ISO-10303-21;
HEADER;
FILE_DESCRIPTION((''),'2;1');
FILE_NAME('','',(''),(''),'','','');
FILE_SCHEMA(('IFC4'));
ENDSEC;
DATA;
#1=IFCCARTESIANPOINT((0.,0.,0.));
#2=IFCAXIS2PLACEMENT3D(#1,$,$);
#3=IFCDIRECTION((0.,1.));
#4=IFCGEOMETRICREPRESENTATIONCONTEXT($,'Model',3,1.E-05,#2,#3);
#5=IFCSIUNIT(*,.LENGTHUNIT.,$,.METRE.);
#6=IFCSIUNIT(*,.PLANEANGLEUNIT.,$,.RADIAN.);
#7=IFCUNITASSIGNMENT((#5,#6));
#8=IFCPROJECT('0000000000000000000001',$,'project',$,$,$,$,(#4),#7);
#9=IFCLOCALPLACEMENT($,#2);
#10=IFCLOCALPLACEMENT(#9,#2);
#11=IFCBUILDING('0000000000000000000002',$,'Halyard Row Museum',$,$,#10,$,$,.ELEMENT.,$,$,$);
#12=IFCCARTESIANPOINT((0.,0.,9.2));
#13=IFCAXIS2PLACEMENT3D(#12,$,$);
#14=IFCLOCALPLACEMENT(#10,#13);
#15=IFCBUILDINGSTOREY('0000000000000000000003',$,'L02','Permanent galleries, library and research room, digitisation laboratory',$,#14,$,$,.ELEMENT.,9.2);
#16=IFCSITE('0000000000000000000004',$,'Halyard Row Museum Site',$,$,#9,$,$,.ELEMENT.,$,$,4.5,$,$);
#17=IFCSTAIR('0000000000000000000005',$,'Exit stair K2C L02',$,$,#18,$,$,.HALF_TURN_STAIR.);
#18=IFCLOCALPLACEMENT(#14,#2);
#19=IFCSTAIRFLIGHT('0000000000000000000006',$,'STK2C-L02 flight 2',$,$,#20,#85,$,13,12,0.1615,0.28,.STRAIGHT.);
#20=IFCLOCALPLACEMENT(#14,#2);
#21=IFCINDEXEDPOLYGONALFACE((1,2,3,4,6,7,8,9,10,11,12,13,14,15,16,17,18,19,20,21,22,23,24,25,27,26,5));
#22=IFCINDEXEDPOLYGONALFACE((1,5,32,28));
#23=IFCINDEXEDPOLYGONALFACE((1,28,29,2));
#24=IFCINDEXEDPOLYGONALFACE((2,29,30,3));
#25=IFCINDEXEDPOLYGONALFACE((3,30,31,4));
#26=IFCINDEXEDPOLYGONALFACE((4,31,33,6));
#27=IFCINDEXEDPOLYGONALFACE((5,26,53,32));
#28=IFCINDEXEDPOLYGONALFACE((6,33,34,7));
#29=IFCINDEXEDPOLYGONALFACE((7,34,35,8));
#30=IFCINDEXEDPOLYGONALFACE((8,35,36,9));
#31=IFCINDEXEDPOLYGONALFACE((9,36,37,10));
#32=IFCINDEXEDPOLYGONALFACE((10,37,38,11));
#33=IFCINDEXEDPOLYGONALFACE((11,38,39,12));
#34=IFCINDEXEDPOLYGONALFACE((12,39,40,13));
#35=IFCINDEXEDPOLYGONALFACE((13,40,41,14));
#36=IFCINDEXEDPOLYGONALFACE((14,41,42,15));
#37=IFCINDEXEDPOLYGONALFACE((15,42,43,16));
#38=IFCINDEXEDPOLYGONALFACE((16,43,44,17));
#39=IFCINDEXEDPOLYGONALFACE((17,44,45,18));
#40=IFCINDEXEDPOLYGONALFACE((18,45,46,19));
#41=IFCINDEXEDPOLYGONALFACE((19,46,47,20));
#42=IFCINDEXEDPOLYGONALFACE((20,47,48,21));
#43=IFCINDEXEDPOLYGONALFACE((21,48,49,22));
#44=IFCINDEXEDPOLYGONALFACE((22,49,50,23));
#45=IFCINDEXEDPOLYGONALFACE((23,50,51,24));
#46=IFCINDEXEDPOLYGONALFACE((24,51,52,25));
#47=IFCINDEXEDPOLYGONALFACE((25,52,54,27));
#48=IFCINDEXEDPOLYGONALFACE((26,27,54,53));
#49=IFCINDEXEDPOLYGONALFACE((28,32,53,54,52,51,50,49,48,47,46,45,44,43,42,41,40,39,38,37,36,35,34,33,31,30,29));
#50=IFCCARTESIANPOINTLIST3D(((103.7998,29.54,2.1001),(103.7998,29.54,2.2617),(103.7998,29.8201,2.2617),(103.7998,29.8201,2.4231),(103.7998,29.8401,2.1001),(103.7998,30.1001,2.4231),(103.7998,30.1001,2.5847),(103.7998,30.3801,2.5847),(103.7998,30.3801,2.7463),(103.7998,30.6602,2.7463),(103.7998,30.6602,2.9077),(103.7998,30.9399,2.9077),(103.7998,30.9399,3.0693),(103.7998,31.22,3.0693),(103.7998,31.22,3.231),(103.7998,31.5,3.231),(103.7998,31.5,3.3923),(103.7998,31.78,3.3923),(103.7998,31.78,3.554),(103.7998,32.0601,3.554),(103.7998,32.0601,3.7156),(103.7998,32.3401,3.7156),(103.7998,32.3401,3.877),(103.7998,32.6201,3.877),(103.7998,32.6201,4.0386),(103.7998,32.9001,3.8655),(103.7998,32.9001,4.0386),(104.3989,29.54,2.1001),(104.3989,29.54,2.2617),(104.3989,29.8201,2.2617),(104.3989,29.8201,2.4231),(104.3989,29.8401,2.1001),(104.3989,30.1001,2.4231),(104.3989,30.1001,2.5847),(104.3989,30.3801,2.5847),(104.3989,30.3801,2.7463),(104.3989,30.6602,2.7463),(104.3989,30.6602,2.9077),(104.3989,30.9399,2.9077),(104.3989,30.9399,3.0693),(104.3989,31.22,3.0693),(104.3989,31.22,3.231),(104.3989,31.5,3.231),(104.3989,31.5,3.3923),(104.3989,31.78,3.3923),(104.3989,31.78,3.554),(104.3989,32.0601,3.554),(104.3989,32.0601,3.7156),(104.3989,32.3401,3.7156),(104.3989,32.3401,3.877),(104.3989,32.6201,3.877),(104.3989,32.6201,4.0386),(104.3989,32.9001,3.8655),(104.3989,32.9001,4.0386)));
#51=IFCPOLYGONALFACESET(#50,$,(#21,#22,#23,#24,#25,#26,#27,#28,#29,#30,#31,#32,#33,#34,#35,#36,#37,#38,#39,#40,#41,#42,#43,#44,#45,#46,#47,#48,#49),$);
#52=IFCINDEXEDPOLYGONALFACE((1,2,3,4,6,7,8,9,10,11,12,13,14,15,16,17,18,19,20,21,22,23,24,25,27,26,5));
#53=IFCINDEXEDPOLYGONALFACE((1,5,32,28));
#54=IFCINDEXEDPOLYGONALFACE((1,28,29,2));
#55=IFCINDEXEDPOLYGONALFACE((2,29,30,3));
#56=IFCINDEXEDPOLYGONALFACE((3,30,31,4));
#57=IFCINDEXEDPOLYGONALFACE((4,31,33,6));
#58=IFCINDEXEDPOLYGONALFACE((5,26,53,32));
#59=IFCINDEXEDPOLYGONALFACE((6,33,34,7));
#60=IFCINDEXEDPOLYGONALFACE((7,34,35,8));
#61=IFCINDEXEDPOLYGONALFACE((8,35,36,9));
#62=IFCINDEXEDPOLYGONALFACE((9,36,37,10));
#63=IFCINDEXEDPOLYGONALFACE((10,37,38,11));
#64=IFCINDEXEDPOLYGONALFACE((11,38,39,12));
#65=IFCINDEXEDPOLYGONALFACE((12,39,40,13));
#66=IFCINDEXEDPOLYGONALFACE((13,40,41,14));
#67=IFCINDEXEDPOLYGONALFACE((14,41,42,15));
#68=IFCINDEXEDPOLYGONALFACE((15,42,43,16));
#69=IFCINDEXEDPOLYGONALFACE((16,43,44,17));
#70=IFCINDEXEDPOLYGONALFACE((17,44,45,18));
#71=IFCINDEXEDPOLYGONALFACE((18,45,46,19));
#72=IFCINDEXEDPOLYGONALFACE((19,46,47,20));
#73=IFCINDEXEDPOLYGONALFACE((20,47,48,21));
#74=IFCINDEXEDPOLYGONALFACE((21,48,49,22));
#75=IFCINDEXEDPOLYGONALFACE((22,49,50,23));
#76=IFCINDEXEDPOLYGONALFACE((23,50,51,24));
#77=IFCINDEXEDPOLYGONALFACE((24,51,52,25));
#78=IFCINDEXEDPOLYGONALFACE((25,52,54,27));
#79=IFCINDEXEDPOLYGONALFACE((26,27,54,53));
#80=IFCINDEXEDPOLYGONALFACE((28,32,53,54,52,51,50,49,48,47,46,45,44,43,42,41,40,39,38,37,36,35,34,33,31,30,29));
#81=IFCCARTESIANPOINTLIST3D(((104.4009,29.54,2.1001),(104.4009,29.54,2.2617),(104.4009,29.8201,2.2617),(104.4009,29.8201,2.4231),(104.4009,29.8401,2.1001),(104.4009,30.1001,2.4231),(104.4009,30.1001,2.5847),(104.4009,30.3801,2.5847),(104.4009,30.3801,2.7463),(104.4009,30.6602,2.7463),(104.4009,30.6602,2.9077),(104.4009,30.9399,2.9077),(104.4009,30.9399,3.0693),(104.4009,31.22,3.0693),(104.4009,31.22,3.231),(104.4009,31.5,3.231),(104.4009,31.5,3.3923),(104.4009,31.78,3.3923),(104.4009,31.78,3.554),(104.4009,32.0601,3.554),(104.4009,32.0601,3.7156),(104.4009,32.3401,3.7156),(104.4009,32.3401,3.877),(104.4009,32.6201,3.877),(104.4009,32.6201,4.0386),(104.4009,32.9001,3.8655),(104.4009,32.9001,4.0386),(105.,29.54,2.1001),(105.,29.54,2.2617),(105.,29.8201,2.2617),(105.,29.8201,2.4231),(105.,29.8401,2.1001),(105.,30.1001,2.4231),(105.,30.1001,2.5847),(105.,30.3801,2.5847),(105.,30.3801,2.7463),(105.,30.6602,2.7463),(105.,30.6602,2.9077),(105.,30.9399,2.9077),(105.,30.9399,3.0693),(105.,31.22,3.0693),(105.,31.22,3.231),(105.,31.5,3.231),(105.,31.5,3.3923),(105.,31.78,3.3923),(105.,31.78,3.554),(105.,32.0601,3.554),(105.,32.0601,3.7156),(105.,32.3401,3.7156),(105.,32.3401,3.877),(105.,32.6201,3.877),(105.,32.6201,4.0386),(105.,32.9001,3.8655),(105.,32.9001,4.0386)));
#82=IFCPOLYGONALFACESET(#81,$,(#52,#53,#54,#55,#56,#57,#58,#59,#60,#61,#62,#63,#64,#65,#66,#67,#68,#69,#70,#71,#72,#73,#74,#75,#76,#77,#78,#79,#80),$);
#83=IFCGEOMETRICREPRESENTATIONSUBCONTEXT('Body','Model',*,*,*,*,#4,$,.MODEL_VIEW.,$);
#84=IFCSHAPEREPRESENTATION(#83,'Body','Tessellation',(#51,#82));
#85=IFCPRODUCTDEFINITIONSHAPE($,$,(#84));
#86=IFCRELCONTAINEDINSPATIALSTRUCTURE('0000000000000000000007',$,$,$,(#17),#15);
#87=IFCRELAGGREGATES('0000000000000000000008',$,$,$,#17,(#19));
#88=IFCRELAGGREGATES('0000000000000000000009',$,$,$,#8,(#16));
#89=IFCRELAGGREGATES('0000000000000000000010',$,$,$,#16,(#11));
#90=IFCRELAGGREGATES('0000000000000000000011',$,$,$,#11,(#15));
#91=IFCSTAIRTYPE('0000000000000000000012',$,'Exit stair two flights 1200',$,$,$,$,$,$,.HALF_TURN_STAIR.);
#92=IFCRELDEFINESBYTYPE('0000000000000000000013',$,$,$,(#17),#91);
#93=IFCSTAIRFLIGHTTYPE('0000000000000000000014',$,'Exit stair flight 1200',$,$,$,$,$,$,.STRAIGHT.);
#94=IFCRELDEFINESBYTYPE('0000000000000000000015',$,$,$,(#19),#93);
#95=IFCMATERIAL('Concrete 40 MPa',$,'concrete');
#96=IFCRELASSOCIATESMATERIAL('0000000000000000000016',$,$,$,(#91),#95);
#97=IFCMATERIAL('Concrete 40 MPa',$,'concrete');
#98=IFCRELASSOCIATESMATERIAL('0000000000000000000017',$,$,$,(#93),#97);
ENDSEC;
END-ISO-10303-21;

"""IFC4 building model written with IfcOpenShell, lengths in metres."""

from ifc_helpers import new_model, si_unit, direction, frame, origin, place, context, subcontext, project, spatial, polyline, outline, extrude, material, type_object, element, aggregate, save


model = new_model("IFC4")

# Units and contexts
model_context = context("Model", 3, precision=1e-05, world=origin(), true_north=direction((0.0, 1.0)))
body_context = subcontext(model_context, "Body", "Model", "MODEL_VIEW")
ifc_project = project(units=[si_unit("LENGTHUNIT", "METRE"), si_unit("PLANEANGLEUNIT", "RADIAN")], contexts=[model_context])

# Site, building, storey
site_placement = place(None, origin())
site = spatial("IfcSite", under=ifc_project, at=site_placement, Name="Halyard Row Museum Site", CompositionType="ELEMENT", RefElevation=4.5)
building_placement = place(site_placement, origin())
building = spatial("IfcBuilding", under=site, at=building_placement, Name="Halyard Row Museum", CompositionType="ELEMENT")
storey_placement = place(building_placement, frame((0.0, 0.0, 9.2)))
storey = spatial("IfcBuildingStorey", under=building, at=storey_placement, Name="L02", Description="Permanent galleries, library and research room, digitisation laboratory", CompositionType="ELEMENT", Elevation=9.2)

# Stair, stair flight
ifc_material_1 = material(Name="Concrete 40 MPa", Category="concrete")
stair_type = type_object("IfcStairType", Name="Exit stair two flights 1200", PredefinedType="HALF_TURN_STAIR", material=ifc_material_1)
stair_placement = place(storey_placement, origin())
stair = element("IfcStair", 1, at=stair_placement, inside=storey, type_object=stair_type, Name="Exit stair K2C L02", PredefinedType="HALF_TURN_STAIR")
ifc_material_2 = material(Name="Concrete 40 MPa", Category="concrete")
stair_flight_type = type_object("IfcStairFlightType", Name="Exit stair flight 1200", PredefinedType="STRAIGHT", material=ifc_material_2)
stair_flight_1_placement = place(storey_placement, frame((104.3999, 29.54, 2.1001), z_axis=(0.0, 0.0, 1.0), x_axis=(0.0, 1.0, 0.0)))
stair_flight_1 = element("IfcStairFlight", 2, at=stair_flight_1_placement, type_object=stair_flight_type, Name="STK2C-L02 flight 2", NumberOfRisers=13, NumberOfTreads=12, PredefinedType="STRAIGHT", RiserHeight=0.1615, TreadLength=0.28, context=body_context, shape_type="SweptSolid", body=[
    extrude(outline(polyline([(0.0, 0.0), (0.0, 0.1616), (0.28, 0.1616), (0.28, 0.323), (0.5601, 0.323), (0.5601, 0.4846), (0.8401, 0.4846), (0.8401, 0.6462), (1.1201, 0.6462), (1.1201, 0.8076), (1.3999, 0.8076), (1.3999, 0.9692), (1.6799, 0.9692), (1.6799, 1.1309), (1.96, 1.1309), (1.96, 1.2922), (2.24, 1.2922), (2.24, 1.4539), (2.52, 1.4539), (2.52, 1.6155), (2.8, 1.6155), (2.8, 1.7769), (3.0801, 1.7769), (3.0801, 1.9385), (3.3601, 1.9385), (3.3601, 2.1001), (3.3601, 1.7654), (0.3, 0.0), (0.0, 0.0)])), frame((0.0, 0.6001, 0.0), z_axis=(0.0, -1.0, 0.0), x_axis=(1.0, 0.0, 0.0)), (0.0, 0.0, 1.0), 0.5991),
    extrude(outline(polyline([(0.0, 0.0), (0.0, 0.1616), (0.28, 0.1616), (0.28, 0.323), (0.5601, 0.323), (0.5601, 0.4846), (0.8401, 0.4846), (0.8401, 0.6462), (1.1201, 0.6462), (1.1201, 0.8076), (1.3999, 0.8076), (1.3999, 0.9692), (1.6799, 0.9692), (1.6799, 1.1309), (1.96, 1.1309), (1.96, 1.2922), (2.24, 1.2922), (2.24, 1.4539), (2.52, 1.4539), (2.52, 1.6155), (2.8, 1.6155), (2.8, 1.7769), (3.0801, 1.7769), (3.0801, 1.9385), (3.3601, 1.9385), (3.3601, 2.1001), (3.3601, 1.7654), (0.3, 0.0), (0.0, 0.0)])), frame((0.0, -0.001, 0.0), z_axis=(0.0, -1.0, 0.0), x_axis=(1.0, 0.0, 0.0)), (0.0, 0.0, 1.0), 0.5991),
])
aggregate(stair, [stair_flight_1])

save(model, "model.ifc")
